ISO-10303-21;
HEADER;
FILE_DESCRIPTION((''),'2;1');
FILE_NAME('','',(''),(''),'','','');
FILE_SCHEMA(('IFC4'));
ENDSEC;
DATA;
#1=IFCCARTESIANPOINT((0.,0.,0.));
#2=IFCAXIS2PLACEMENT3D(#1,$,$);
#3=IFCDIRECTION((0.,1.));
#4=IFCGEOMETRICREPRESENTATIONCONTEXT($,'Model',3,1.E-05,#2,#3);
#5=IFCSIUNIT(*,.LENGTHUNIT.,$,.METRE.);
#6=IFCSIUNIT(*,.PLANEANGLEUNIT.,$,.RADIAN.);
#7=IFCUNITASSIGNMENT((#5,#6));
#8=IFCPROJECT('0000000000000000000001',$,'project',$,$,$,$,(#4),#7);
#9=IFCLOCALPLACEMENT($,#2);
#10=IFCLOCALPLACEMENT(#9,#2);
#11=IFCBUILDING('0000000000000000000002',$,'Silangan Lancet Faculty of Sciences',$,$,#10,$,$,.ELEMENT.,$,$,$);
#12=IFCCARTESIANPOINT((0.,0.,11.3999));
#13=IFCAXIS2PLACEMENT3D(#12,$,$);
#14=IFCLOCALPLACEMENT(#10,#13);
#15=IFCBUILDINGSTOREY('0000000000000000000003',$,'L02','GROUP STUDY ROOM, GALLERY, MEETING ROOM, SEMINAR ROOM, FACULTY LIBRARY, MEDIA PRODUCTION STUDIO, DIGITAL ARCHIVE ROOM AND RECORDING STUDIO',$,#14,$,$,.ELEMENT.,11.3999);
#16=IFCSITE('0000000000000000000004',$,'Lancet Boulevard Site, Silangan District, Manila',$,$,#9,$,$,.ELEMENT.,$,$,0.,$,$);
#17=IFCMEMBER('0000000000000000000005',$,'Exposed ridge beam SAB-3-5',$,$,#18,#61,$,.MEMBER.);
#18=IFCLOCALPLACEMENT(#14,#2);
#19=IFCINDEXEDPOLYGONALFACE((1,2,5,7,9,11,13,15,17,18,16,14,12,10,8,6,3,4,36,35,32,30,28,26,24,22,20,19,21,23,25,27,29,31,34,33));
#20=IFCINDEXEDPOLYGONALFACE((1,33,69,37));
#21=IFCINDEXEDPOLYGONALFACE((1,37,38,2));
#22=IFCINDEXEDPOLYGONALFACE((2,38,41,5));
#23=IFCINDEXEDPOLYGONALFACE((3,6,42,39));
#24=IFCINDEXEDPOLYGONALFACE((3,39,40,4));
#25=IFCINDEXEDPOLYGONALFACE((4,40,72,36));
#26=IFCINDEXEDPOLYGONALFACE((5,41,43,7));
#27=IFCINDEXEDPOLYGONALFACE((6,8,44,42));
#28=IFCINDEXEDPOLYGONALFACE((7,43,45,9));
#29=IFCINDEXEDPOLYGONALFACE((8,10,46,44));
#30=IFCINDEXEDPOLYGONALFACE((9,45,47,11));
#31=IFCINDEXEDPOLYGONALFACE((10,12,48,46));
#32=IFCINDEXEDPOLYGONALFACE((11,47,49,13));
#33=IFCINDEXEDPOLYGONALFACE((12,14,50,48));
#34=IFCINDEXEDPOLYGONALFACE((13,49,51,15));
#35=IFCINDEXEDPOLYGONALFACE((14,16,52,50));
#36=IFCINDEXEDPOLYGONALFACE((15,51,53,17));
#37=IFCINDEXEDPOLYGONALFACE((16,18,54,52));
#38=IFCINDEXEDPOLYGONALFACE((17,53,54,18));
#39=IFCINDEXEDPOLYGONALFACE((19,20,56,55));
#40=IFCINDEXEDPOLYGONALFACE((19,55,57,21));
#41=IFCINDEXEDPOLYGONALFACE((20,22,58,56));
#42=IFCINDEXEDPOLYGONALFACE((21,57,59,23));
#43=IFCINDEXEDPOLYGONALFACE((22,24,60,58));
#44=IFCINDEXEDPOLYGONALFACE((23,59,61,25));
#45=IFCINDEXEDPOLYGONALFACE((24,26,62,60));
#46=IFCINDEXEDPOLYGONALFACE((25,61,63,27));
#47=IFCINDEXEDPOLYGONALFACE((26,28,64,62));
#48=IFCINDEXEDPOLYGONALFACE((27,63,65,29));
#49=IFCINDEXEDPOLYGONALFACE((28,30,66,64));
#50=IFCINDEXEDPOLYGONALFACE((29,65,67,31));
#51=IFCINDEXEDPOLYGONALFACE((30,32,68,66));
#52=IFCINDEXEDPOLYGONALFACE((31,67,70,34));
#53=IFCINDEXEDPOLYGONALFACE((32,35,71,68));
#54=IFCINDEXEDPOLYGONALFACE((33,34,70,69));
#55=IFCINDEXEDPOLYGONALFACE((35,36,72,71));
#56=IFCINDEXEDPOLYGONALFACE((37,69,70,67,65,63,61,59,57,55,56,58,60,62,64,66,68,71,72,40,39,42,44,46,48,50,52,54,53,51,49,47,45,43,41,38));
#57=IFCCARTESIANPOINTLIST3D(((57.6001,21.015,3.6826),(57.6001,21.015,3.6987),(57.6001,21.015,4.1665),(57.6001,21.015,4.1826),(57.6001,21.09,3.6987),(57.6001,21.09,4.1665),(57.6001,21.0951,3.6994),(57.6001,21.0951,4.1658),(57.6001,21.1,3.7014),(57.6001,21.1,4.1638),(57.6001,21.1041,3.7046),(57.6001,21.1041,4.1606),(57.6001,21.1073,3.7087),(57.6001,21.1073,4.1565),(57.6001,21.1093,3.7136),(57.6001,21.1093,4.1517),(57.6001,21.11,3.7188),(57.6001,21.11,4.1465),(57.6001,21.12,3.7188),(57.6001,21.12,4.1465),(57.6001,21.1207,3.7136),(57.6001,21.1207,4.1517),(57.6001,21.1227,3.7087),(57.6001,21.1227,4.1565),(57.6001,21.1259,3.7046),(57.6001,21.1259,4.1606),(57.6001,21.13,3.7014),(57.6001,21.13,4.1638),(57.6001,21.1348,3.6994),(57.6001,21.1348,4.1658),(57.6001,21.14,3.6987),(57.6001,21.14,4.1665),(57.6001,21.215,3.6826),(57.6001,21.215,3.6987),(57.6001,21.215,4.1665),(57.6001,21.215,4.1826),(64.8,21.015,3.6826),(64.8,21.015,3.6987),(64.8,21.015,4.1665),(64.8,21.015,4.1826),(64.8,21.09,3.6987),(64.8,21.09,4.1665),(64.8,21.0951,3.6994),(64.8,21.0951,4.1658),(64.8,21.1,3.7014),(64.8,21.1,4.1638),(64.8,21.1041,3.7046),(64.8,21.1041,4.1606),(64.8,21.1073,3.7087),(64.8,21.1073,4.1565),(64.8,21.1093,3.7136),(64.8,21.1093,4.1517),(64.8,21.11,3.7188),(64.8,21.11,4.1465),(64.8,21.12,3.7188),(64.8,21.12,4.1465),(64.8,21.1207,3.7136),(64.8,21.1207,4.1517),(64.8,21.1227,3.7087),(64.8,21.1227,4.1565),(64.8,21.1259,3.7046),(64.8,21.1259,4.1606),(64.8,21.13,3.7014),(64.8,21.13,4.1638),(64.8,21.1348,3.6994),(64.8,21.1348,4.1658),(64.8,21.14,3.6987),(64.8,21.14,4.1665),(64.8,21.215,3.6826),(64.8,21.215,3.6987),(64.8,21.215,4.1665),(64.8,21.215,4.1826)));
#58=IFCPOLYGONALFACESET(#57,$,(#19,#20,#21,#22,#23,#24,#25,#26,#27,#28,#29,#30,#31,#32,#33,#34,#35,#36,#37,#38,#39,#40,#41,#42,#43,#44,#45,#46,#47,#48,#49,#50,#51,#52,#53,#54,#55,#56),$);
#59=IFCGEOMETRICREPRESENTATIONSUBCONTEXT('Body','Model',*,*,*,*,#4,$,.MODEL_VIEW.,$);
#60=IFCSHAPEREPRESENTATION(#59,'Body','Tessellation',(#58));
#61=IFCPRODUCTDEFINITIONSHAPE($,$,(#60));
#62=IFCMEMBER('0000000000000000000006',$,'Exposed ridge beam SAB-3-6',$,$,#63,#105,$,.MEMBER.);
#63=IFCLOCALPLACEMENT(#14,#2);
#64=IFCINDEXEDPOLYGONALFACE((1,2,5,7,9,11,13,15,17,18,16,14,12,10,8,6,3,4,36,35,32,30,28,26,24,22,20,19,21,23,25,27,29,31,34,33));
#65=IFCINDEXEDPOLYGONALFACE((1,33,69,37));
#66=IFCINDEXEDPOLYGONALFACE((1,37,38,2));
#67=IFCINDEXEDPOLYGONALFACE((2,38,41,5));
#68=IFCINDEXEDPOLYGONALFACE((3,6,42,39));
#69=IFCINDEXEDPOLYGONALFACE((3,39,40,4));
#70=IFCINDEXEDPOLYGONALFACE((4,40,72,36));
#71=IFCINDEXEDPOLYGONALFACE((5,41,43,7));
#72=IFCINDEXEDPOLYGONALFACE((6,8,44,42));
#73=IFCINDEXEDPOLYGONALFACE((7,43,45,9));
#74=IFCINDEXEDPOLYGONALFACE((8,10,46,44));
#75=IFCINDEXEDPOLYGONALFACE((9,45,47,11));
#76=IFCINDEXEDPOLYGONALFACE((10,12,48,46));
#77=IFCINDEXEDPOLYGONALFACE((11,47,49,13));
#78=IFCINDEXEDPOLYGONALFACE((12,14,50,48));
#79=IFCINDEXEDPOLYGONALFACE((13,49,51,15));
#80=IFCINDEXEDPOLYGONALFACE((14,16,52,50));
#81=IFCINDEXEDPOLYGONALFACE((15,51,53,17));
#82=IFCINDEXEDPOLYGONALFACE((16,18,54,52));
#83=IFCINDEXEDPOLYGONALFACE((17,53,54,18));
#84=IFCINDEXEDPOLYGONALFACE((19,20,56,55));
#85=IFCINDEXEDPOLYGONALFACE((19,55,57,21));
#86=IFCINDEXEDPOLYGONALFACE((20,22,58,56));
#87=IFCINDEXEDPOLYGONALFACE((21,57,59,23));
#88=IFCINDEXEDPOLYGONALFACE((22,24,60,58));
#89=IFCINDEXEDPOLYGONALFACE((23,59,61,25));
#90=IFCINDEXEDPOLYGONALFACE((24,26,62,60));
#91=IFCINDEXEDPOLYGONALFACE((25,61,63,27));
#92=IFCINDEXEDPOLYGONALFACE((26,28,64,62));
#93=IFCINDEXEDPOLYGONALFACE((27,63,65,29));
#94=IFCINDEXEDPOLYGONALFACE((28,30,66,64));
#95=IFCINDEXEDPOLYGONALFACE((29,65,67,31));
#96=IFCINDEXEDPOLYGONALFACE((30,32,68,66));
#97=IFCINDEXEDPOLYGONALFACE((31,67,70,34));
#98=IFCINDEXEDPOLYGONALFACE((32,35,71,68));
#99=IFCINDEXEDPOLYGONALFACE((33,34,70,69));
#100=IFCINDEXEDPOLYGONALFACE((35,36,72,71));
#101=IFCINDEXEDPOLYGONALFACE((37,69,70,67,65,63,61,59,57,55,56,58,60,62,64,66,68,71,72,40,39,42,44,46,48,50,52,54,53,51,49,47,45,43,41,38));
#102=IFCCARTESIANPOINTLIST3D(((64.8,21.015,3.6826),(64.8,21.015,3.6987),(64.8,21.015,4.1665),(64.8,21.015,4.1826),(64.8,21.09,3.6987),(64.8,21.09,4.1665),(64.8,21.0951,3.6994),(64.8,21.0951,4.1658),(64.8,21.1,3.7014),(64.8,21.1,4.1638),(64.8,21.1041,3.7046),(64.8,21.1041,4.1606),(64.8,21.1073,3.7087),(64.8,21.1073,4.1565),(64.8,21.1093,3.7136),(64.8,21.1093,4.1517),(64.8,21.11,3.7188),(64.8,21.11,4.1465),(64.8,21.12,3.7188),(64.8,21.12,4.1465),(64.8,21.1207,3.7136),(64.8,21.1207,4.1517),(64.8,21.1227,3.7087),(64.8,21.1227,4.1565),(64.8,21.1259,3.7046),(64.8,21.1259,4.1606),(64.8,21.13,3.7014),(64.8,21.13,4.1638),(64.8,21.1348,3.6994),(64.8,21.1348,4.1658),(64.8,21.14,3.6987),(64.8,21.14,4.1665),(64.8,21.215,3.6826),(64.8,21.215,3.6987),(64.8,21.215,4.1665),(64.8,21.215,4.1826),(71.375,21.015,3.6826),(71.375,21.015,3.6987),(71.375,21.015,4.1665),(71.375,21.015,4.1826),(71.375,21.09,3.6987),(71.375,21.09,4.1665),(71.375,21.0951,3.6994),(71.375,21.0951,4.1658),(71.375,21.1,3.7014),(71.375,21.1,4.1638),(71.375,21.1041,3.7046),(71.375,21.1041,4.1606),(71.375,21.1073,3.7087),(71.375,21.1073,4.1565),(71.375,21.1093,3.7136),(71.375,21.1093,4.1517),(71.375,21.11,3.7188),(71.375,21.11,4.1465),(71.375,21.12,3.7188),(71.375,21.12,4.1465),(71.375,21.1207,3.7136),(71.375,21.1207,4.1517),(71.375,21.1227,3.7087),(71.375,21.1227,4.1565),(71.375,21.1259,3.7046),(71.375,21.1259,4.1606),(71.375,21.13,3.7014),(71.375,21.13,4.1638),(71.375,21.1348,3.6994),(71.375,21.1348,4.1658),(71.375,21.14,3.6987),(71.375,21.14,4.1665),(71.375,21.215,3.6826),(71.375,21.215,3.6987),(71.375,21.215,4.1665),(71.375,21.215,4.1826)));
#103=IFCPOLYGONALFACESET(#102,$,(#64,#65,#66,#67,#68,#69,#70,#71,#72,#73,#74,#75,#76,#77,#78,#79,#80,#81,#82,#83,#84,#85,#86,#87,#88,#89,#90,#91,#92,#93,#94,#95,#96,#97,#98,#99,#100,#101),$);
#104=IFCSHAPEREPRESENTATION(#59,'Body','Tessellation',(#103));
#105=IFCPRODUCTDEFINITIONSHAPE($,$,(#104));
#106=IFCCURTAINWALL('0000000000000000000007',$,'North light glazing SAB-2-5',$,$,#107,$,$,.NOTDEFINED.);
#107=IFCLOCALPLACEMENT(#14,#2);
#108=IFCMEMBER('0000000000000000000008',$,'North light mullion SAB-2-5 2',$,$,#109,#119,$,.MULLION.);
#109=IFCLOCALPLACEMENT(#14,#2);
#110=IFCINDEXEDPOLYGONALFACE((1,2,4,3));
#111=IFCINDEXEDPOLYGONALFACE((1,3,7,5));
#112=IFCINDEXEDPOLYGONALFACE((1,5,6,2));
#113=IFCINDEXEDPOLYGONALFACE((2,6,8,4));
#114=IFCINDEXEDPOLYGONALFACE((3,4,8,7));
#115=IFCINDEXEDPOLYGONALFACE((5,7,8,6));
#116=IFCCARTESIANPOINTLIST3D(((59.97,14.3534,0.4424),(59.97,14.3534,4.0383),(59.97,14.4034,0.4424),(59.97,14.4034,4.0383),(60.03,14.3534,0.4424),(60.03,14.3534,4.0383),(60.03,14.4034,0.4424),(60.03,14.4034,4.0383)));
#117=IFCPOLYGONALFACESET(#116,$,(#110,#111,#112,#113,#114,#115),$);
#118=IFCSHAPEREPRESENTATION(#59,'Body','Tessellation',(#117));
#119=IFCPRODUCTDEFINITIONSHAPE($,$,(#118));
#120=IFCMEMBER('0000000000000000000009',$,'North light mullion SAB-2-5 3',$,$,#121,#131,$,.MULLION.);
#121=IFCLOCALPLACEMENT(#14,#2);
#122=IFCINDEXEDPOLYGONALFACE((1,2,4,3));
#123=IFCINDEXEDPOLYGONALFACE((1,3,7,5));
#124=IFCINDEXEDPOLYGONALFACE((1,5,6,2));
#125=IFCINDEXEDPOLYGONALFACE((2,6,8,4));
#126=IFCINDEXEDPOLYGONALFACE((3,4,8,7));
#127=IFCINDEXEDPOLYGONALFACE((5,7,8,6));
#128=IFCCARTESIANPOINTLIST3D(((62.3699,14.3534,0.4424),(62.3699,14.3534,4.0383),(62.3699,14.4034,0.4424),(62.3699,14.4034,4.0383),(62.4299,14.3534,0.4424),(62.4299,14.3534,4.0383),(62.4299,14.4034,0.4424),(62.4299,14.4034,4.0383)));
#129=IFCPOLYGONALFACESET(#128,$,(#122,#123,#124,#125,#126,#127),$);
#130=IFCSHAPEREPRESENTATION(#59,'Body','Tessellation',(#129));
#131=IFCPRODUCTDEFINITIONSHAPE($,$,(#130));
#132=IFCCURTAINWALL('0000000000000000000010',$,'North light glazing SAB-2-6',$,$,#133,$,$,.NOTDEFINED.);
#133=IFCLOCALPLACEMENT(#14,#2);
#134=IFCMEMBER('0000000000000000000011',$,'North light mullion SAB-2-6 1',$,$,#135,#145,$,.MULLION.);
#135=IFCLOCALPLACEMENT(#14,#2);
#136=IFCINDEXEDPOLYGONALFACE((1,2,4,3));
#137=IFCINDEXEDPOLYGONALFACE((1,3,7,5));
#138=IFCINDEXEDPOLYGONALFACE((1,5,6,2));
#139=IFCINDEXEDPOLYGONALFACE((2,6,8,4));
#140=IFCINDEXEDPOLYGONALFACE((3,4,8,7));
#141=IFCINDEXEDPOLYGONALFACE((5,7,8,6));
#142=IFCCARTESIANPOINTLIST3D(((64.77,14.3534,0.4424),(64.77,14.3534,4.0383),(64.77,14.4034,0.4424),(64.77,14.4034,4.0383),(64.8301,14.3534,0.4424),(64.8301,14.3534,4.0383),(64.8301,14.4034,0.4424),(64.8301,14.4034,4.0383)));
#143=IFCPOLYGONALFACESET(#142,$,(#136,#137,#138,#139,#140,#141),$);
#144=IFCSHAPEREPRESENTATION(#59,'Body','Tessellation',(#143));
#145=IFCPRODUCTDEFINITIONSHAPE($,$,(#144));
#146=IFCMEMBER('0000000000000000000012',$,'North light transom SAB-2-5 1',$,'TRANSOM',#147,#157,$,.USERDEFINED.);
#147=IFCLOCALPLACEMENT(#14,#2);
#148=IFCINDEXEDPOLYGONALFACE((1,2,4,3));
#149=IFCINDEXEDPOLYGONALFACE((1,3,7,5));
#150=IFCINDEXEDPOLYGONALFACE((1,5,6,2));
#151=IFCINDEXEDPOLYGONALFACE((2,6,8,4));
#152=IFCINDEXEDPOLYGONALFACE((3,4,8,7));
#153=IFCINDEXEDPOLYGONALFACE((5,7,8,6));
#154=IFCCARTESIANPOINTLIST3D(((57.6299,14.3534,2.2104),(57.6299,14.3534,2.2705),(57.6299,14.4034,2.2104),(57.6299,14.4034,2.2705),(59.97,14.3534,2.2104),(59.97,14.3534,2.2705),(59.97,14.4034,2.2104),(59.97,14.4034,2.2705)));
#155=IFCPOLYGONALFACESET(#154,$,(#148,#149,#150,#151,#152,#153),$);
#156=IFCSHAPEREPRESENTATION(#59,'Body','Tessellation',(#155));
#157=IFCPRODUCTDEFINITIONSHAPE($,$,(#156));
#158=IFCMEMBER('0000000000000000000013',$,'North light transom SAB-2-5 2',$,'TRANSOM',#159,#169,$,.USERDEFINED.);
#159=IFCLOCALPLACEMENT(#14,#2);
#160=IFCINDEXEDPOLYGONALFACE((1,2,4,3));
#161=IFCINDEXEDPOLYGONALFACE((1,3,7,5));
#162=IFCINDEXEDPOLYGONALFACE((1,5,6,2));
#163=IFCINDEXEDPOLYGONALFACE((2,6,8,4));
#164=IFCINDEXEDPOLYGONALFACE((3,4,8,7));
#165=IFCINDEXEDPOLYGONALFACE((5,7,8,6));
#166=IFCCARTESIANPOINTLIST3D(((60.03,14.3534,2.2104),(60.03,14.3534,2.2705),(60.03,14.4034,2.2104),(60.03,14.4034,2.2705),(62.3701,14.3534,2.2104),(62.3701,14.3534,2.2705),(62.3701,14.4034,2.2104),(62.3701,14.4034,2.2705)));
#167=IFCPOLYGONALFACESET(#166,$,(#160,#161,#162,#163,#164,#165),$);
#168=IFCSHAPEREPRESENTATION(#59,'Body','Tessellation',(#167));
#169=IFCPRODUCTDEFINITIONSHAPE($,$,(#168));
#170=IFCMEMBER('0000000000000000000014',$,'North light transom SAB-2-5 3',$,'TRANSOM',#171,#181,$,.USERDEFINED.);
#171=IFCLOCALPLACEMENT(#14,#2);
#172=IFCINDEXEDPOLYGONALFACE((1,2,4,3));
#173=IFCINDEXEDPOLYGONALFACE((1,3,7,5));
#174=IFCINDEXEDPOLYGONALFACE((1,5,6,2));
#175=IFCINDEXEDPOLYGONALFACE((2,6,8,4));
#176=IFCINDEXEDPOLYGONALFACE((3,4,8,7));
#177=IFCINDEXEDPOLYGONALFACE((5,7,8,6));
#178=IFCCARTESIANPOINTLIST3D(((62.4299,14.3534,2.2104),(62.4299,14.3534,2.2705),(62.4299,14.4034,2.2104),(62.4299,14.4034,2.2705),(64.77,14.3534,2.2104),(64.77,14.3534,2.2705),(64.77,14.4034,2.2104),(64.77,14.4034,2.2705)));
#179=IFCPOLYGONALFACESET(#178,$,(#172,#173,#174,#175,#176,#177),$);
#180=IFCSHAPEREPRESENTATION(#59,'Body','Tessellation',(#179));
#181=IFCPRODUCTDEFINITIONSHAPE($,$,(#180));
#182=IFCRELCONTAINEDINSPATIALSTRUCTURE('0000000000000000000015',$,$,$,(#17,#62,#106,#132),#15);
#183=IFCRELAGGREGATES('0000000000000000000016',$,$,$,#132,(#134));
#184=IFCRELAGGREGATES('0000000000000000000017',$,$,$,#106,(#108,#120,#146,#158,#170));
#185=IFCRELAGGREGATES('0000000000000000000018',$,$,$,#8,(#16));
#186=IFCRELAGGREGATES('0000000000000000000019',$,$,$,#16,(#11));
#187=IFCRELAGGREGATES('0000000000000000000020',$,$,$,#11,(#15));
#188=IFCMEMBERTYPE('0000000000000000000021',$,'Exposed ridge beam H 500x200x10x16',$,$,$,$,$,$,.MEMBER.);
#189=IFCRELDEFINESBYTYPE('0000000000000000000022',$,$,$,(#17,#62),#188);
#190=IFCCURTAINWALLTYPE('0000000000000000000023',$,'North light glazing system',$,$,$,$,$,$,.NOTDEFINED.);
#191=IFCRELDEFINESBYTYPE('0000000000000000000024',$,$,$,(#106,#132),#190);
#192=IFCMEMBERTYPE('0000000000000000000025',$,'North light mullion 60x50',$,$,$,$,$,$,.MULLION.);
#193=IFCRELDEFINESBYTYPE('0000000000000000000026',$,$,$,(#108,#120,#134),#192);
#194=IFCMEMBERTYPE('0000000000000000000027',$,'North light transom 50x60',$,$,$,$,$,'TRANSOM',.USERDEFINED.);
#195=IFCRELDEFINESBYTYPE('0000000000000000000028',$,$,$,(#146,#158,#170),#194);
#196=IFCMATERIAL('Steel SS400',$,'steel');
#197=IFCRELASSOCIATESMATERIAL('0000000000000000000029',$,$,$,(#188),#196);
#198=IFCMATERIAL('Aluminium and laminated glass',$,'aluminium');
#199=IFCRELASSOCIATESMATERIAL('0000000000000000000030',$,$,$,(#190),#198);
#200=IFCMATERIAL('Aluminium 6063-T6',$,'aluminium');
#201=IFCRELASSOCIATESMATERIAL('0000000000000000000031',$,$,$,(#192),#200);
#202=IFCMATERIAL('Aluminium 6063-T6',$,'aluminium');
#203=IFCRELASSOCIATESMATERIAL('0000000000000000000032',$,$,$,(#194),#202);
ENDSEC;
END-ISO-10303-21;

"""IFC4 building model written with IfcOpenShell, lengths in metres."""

from ifc_helpers import new_model, si_unit, direction, frame, origin, origin_2d, place, context, subcontext, project, spatial, rectangle, i_section, extrude, material, material_profile, profile_set, type_object, element, aggregate, save


model = new_model("IFC4")

# Units and contexts
model_context = context("Model", 3, precision=1e-05, world=origin(), true_north=direction((0.0, 1.0)))
body_context = subcontext(model_context, "Body", "Model", "MODEL_VIEW")
ifc_project = project(units=[si_unit("LENGTHUNIT", "METRE"), si_unit("PLANEANGLEUNIT", "RADIAN")], contexts=[model_context])

# Site, building, storey
site_placement = place(None, origin())
site = spatial("IfcSite", under=ifc_project, at=site_placement, Name="Lancet Boulevard Site, Silangan District, Manila", CompositionType="ELEMENT", RefElevation=0.0)
building_placement = place(site_placement, origin())
building = spatial("IfcBuilding", under=site, at=building_placement, Name="Silangan Lancet Faculty of Sciences", CompositionType="ELEMENT")
storey_placement = place(building_placement, frame((0.0, 0.0, 11.3999)))
storey = spatial("IfcBuildingStorey", under=building, at=storey_placement, Name="L02", Description="GROUP STUDY ROOM, GALLERY, MEETING ROOM, SEMINAR ROOM, FACULTY LIBRARY, MEDIA PRODUCTION STUDIO, DIGITAL ARCHIVE ROOM AND RECORDING STUDIO", CompositionType="ELEMENT", Elevation=11.3999)

# Members
ifc_material_1 = material(Name="Steel SS400", Category="steel")
ifc_material_profile_1 = material_profile(ifc_material_1, i_section(OverallWidth=0.2, OverallDepth=0.5, WebThickness=0.01, FlangeThickness=0.0161, FilletRadius=0.02, at=origin_2d()), Name="H 500x200x10x16")
ifc_profile_set_1 = profile_set([ifc_material_profile_1], Name="Steel SS400")
member_type_1 = type_object("IfcMemberType", Name="Exposed ridge beam H 500x200x10x16", PredefinedType="MEMBER", material=ifc_profile_set_1)
member_1_placement = place(storey_placement, frame((57.6001, 21.115, 3.9326), z_axis=(1.0, 0.0, 0.0), x_axis=(0.0, 1.0, 0.0)))
element("IfcMember", 1, at=member_1_placement, inside=storey, type_object=member_type_1, Name="Exposed ridge beam SAB-3-5", PredefinedType="MEMBER", context=body_context, shape_type="SweptSolid", body=[
    extrude(i_section(OverallWidth=0.2, OverallDepth=0.5, WebThickness=0.01, FlangeThickness=0.0161, FilletRadius=0.02, at=origin_2d()), origin(), (0.0, 0.0, 1.0), 7.2),
])
member_2_placement = place(storey_placement, frame((64.8, 21.115, 3.9326), z_axis=(1.0, 0.0, 0.0), x_axis=(0.0, 1.0, 0.0)))
element("IfcMember", 2, at=member_2_placement, inside=storey, type_object=member_type_1, Name="Exposed ridge beam SAB-3-6", PredefinedType="MEMBER", context=body_context, shape_type="SweptSolid", body=[
    extrude(i_section(OverallWidth=0.2, OverallDepth=0.5, WebThickness=0.01, FlangeThickness=0.0161, FilletRadius=0.02, at=origin_2d()), origin(), (0.0, 0.0, 1.0), 6.575),
])

# Curtain wall, members
ifc_material_2 = material(Name="Aluminium and laminated glass", Category="aluminium")
curtain_wall_type = type_object("IfcCurtainWallType", Name="North light glazing system", PredefinedType="NOTDEFINED", material=ifc_material_2)
curtain_wall_1_placement = place(storey_placement, origin())
curtain_wall_1 = element("IfcCurtainWall", 3, at=curtain_wall_1_placement, inside=storey, type_object=curtain_wall_type, Name="North light glazing SAB-2-5", PredefinedType="NOTDEFINED")
ifc_material_3 = material(Name="Aluminium 6063-T6", Category="aluminium")
ifc_material_profile_2 = material_profile(ifc_material_3, rectangle(XDim=0.0601, YDim=0.05, at=origin_2d()), Name="AL 60x50")
ifc_profile_set_2 = profile_set([ifc_material_profile_2], Name="Aluminium 6063-T6")
member_type_2 = type_object("IfcMemberType", Name="North light mullion 60x50", PredefinedType="MULLION", material=ifc_profile_set_2)
member_3_placement = place(storey_placement, frame((60.0, 14.3784, 0.4424), z_axis=(0.0, 0.0, 1.0), x_axis=(1.0, 0.0, 0.0)))
member_3 = element("IfcMember", 4, at=member_3_placement, type_object=member_type_2, Name="North light mullion SAB-2-5 2", PredefinedType="MULLION", context=body_context, shape_type="SweptSolid", body=[
    extrude(rectangle(XDim=0.0601, YDim=0.05, at=origin_2d()), origin(), (0.0, 0.0, 1.0), 3.5959),
])
member_4_placement = place(storey_placement, frame((62.3999, 14.3784, 0.4424), z_axis=(0.0, 0.0, 1.0), x_axis=(1.0, 0.0, 0.0)))
member_4 = element("IfcMember", 5, at=member_4_placement, type_object=member_type_2, Name="North light mullion SAB-2-5 3", PredefinedType="MULLION", context=body_context, shape_type="SweptSolid", body=[
    extrude(rectangle(XDim=0.0601, YDim=0.05, at=origin_2d()), origin(), (0.0, 0.0, 1.0), 3.5959),
])

# Curtain wall, member
curtain_wall_2_placement = place(storey_placement, origin())
curtain_wall_2 = element("IfcCurtainWall", 6, at=curtain_wall_2_placement, inside=storey, type_object=curtain_wall_type, Name="North light glazing SAB-2-6", PredefinedType="NOTDEFINED")
member_5_placement = place(storey_placement, frame((64.8, 14.3784, 0.4424), z_axis=(0.0, 0.0, 1.0), x_axis=(1.0, 0.0, 0.0)))
member_5 = element("IfcMember", 7, at=member_5_placement, type_object=member_type_2, Name="North light mullion SAB-2-6 1", PredefinedType="MULLION", context=body_context, shape_type="SweptSolid", body=[
    extrude(rectangle(XDim=0.0601, YDim=0.05, at=origin_2d()), origin(), (0.0, 0.0, 1.0), 3.5959),
])
aggregate(curtain_wall_2, [member_5])

# Members
ifc_material_4 = material(Name="Aluminium 6063-T6", Category="aluminium")
ifc_material_profile_3 = material_profile(ifc_material_4, rectangle(XDim=0.05, YDim=0.0601, at=origin_2d()), Name="AL 50x60")
ifc_profile_set_3 = profile_set([ifc_material_profile_3], Name="Aluminium 6063-T6")
member_type_3 = type_object("IfcMemberType", Name="North light transom 50x60", ElementType="TRANSOM", PredefinedType="USERDEFINED", material=ifc_profile_set_3)
member_6_placement = place(storey_placement, frame((57.6299, 14.3784, 2.2405), z_axis=(1.0, 0.0, 0.0), x_axis=(0.0, 1.0, 0.0)))
member_6 = element("IfcMember", 8, at=member_6_placement, type_object=member_type_3, Name="North light transom SAB-2-5 1", ObjectType="TRANSOM", PredefinedType="USERDEFINED", context=body_context, shape_type="SweptSolid", body=[
    extrude(rectangle(XDim=0.05, YDim=0.0601, at=origin_2d()), origin(), (0.0, 0.0, 1.0), 2.3401),
])
member_7_placement = place(storey_placement, frame((60.03, 14.3784, 2.2405), z_axis=(1.0, 0.0, 0.0), x_axis=(0.0, 1.0, 0.0)))
member_7 = element("IfcMember", 9, at=member_7_placement, type_object=member_type_3, Name="North light transom SAB-2-5 2", ObjectType="TRANSOM", PredefinedType="USERDEFINED", context=body_context, shape_type="SweptSolid", body=[
    extrude(rectangle(XDim=0.05, YDim=0.0601, at=origin_2d()), origin(), (0.0, 0.0, 1.0), 2.3401),
])
member_8_placement = place(storey_placement, frame((62.4299, 14.3784, 2.2405), z_axis=(1.0, 0.0, 0.0), x_axis=(0.0, 1.0, 0.0)))
member_8 = element("IfcMember", 10, at=member_8_placement, type_object=member_type_3, Name="North light transom SAB-2-5 3", ObjectType="TRANSOM", PredefinedType="USERDEFINED", context=body_context, shape_type="SweptSolid", body=[
    extrude(rectangle(XDim=0.05, YDim=0.0601, at=origin_2d()), origin(), (0.0, 0.0, 1.0), 2.3401),
])

aggregate(curtain_wall_1, [member_3, member_4, member_6, member_7, member_8])

save(model, "model.ifc")
